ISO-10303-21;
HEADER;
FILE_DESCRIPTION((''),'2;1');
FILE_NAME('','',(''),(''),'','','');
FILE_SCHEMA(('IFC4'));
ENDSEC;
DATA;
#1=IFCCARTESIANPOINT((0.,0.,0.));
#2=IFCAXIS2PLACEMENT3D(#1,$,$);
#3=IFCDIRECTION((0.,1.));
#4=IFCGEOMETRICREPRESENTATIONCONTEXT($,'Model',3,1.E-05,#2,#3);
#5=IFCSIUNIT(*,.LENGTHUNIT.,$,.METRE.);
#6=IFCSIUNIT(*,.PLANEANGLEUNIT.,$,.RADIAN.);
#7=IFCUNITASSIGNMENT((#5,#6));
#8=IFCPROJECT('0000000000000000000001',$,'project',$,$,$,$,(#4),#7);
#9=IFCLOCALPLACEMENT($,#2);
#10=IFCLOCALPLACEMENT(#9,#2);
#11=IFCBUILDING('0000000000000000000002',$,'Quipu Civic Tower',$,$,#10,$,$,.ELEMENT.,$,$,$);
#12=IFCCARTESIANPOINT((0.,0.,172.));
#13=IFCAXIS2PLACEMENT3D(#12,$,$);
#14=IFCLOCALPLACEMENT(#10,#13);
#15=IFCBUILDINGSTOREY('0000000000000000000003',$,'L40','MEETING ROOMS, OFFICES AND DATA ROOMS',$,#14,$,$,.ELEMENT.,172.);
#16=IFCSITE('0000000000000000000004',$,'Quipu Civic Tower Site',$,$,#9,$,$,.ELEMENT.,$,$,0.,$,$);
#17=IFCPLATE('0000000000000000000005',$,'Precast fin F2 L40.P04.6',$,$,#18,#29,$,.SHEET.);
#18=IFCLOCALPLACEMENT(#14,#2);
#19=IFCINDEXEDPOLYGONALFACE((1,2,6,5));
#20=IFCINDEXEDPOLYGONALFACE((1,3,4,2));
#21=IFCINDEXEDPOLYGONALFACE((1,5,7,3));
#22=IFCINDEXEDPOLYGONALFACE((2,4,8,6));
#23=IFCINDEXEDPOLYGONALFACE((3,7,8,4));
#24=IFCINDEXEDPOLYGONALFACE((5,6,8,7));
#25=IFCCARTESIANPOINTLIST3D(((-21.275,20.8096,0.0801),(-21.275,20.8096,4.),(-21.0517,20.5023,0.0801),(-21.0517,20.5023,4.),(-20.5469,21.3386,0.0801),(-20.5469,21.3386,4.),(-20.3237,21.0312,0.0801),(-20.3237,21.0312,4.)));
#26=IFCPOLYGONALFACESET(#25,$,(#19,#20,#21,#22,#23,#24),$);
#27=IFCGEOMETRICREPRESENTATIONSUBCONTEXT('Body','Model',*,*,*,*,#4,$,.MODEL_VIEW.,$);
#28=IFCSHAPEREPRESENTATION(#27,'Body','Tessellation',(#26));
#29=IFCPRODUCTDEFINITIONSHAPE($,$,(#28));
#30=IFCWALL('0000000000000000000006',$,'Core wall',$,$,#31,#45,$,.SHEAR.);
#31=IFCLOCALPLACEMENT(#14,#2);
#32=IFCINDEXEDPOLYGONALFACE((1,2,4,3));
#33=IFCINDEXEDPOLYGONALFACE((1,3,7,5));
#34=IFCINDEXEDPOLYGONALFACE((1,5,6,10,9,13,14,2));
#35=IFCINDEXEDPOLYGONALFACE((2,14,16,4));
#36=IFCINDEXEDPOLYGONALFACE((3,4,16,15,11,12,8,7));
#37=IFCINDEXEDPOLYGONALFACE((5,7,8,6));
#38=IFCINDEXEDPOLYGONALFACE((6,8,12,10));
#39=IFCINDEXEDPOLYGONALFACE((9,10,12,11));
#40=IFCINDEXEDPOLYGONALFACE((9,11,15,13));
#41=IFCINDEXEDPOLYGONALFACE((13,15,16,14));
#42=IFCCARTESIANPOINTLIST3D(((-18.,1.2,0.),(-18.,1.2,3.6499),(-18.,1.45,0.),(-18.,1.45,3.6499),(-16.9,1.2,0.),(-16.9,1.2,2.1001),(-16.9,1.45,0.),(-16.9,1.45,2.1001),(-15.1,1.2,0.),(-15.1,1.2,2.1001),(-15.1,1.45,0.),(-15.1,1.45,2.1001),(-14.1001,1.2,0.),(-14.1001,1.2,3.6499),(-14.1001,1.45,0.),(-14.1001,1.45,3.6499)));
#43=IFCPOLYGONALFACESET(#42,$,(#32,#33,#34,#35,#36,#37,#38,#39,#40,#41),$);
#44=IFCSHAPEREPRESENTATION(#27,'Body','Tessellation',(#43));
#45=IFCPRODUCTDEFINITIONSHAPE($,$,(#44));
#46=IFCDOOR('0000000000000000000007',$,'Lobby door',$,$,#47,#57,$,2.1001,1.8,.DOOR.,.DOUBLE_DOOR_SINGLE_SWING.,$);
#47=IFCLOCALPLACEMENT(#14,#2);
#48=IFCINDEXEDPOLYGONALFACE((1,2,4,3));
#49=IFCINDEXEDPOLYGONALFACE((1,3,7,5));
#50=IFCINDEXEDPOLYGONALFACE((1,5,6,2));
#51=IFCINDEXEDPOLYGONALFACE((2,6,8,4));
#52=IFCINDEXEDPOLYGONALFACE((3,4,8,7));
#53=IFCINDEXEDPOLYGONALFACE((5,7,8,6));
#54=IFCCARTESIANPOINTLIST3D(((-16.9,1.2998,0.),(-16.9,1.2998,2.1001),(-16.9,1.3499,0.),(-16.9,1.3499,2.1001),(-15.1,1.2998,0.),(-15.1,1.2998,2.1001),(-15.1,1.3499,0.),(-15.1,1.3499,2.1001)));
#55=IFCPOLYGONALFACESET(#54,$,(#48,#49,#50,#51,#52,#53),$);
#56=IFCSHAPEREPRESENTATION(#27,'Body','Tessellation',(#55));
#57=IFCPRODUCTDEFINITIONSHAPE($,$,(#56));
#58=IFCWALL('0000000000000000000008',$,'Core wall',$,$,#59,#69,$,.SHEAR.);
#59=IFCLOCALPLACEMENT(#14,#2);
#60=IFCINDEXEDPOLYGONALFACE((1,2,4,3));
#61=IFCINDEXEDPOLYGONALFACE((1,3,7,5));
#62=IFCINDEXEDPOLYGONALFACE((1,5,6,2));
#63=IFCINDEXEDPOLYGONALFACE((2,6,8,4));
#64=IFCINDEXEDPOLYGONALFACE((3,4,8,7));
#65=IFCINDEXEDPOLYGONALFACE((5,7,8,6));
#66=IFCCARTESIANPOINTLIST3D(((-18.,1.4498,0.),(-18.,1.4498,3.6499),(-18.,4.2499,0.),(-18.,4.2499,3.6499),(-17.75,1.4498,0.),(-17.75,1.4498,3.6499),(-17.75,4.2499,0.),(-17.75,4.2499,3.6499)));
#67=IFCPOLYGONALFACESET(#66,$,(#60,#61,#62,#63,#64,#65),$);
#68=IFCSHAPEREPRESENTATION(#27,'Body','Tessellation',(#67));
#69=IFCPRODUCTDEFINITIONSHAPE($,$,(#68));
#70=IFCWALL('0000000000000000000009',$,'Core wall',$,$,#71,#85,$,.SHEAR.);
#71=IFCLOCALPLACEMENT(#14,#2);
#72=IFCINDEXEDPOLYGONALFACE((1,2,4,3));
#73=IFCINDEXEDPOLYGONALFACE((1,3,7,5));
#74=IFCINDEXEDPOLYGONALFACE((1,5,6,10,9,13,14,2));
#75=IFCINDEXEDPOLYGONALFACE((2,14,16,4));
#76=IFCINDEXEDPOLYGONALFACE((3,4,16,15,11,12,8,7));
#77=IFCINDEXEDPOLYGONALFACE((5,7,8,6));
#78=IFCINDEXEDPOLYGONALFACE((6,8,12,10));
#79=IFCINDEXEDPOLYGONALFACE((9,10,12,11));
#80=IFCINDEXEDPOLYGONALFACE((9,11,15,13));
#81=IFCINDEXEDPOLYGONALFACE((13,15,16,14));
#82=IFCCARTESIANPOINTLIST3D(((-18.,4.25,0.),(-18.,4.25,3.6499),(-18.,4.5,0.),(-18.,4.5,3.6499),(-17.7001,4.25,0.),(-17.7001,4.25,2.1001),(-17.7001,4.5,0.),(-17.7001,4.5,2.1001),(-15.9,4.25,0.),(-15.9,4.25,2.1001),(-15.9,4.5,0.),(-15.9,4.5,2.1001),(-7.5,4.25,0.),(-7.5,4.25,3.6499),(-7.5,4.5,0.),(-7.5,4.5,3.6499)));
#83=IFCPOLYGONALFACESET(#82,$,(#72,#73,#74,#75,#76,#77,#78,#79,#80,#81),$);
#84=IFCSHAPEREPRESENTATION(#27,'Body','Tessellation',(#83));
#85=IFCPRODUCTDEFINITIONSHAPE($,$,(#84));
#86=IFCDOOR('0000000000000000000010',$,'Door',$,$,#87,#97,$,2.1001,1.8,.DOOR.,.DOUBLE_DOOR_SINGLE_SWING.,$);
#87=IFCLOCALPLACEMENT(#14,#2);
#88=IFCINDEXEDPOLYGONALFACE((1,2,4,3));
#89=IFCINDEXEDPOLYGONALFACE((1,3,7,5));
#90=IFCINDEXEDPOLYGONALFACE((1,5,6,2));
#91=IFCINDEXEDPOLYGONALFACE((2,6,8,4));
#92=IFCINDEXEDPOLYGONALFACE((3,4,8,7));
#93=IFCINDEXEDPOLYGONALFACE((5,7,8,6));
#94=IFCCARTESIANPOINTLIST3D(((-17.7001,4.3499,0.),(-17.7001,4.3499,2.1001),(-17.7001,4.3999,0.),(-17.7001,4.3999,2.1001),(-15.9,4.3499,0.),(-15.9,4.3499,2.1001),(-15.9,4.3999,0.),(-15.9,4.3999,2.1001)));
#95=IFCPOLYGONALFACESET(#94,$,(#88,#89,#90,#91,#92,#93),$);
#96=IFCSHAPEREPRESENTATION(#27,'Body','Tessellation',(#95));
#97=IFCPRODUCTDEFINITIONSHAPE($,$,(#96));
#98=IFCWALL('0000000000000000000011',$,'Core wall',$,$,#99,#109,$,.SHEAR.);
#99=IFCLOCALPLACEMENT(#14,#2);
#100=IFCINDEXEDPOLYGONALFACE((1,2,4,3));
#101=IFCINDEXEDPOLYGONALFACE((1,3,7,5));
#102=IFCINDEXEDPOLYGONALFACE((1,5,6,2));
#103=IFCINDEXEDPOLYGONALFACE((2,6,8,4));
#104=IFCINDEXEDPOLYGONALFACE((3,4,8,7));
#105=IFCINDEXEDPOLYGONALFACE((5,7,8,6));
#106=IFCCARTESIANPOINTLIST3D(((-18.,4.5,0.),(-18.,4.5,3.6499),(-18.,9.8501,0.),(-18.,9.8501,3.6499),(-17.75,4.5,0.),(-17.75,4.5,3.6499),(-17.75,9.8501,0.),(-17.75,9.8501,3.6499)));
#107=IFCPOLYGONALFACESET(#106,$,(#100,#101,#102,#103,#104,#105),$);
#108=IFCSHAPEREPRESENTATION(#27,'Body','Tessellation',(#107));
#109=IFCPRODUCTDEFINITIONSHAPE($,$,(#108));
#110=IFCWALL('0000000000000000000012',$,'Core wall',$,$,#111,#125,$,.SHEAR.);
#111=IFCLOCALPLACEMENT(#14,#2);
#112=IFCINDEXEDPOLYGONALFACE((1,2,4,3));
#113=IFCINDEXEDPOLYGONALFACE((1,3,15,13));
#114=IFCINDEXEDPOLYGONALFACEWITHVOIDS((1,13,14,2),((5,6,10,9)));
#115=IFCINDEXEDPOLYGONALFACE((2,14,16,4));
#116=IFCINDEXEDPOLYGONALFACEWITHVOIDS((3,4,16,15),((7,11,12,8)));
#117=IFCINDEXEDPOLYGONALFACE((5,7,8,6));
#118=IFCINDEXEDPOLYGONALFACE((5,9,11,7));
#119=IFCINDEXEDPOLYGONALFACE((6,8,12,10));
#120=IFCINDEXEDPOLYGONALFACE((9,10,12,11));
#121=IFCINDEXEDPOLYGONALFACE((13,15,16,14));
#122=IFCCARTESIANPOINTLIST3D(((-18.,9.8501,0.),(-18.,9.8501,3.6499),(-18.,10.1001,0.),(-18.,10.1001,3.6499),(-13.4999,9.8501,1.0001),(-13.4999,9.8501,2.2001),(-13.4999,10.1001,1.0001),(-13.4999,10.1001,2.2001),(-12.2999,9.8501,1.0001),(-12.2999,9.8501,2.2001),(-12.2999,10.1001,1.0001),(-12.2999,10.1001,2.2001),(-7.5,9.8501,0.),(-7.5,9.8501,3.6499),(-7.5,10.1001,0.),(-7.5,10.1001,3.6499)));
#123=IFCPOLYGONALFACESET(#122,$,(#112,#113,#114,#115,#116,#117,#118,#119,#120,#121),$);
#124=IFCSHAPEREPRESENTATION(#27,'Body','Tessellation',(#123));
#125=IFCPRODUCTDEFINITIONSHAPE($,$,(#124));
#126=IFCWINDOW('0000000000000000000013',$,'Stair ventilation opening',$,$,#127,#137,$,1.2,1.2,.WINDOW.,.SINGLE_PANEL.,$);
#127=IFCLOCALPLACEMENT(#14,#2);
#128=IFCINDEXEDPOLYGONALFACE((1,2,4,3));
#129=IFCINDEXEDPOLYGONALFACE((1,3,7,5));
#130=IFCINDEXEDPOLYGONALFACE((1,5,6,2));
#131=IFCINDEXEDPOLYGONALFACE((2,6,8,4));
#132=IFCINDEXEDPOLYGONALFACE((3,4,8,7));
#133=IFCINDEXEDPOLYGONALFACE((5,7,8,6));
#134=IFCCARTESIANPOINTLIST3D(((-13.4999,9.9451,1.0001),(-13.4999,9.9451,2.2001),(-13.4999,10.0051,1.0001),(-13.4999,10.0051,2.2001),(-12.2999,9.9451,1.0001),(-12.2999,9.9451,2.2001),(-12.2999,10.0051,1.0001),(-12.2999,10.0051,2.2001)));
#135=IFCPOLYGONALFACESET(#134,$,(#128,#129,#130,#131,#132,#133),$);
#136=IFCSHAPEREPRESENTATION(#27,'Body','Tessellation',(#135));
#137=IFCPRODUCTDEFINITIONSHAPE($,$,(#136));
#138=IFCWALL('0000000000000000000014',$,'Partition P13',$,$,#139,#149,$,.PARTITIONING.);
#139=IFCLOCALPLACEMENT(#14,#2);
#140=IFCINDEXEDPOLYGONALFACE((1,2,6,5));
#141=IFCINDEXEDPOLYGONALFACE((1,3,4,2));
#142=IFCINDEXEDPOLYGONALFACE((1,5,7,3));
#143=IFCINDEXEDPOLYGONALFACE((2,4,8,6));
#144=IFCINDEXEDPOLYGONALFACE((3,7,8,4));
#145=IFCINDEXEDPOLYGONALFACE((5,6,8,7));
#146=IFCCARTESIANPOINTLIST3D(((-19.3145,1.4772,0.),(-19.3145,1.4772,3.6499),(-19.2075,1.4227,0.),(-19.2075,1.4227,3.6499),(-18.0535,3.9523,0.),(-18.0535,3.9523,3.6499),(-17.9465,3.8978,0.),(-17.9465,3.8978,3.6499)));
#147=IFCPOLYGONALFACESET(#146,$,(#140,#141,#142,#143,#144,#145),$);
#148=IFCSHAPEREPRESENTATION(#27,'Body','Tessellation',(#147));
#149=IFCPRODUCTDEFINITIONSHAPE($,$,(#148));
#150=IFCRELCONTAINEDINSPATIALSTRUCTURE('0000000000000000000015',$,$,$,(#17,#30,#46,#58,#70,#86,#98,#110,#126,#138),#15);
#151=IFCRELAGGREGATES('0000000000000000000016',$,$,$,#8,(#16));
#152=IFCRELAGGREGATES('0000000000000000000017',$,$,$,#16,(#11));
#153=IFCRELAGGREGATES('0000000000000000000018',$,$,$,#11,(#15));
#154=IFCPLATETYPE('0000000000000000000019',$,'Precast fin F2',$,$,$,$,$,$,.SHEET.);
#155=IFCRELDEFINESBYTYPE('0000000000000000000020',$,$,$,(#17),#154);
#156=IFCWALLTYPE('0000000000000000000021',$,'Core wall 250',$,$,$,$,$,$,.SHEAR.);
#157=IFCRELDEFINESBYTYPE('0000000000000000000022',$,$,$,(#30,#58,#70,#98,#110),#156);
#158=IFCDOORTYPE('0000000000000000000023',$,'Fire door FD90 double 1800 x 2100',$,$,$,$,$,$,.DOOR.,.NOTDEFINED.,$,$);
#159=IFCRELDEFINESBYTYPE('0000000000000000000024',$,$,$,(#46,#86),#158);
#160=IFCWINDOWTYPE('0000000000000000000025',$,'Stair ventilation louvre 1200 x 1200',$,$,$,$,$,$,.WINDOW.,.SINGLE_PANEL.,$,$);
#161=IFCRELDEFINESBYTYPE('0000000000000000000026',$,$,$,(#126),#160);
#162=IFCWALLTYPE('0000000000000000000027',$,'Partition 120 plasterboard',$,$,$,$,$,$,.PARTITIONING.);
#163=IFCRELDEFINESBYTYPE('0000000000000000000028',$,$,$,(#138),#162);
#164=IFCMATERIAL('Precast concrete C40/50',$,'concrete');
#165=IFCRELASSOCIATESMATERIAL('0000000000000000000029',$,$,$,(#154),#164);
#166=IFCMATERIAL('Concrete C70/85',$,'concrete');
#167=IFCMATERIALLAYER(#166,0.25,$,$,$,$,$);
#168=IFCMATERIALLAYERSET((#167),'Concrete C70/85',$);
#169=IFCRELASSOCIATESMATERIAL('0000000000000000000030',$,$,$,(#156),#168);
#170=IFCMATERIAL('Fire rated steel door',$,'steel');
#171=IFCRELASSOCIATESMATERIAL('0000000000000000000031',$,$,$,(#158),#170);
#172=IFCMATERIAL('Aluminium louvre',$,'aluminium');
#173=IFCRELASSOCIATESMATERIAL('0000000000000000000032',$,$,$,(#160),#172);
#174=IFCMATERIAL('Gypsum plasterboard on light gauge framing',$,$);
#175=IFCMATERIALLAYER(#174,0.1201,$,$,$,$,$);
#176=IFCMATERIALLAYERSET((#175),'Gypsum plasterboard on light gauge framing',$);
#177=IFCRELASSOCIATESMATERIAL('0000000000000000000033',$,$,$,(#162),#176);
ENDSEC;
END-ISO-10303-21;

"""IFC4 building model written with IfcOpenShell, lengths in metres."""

from ifc_helpers import new_model, si_unit, direction, frame, frame_2d, origin, origin_2d, place, context, subcontext, project, spatial, rectangle, extrude, material, layer, layer_set, type_object, element, fill, save


model = new_model("IFC4")

# Units and contexts
model_context = context("Model", 3, precision=1e-05, world=origin(), true_north=direction((0.0, 1.0)))
body_context = subcontext(model_context, "Body", "Model", "MODEL_VIEW")
ifc_project = project(units=[si_unit("LENGTHUNIT", "METRE"), si_unit("PLANEANGLEUNIT", "RADIAN")], contexts=[model_context])

# Site, building, storey
site_placement = place(None, origin())
site = spatial("IfcSite", under=ifc_project, at=site_placement, Name="Quipu Civic Tower Site", CompositionType="ELEMENT", RefElevation=0.0)
building_placement = place(site_placement, origin())
building = spatial("IfcBuilding", under=site, at=building_placement, Name="Quipu Civic Tower", CompositionType="ELEMENT")
storey_placement = place(building_placement, frame((0.0, 0.0, 172.0)))
storey = spatial("IfcBuildingStorey", under=building, at=storey_placement, Name="L40", Description="MEETING ROOMS, OFFICES AND DATA ROOMS", CompositionType="ELEMENT", Elevation=172.0)

# Plate
ifc_material_1 = material(Name="Precast concrete C40/50", Category="concrete")
plate_type_1 = type_object("IfcPlateType", Name="Precast fin F2", PredefinedType="SHEET", material=ifc_material_1)
for number, where, z_axis, x_axis, name in (
    (1, (-20.7993, 20.9204, 0.0801), (0.0, 0.0, 1.0), (-0.587787, 0.809016, 0.0), "Precast fin F2 L40.P04.6"),
):
    element("IfcPlate", number, at=place(storey_placement, frame(where, z_axis=z_axis, x_axis=x_axis)), inside=storey, type_object=plate_type_1, Name=name, PredefinedType="SHEET", context=body_context, shape_type="SweptSolid", body=[
        extrude(rectangle(XDim=0.3799, YDim=0.8999, at=origin_2d()), origin(), (0.0, 0.0, 1.0), 3.9199),
    ])

# Wall, opening, door
ifc_material_2 = material(Name="Concrete C70/85", Category="concrete")
ifc_layer_1 = layer(ifc_material_2, 0.25)
ifc_layer_set_1 = layer_set([ifc_layer_1], Name="Concrete C70/85")
wall_type_1 = type_object("IfcWallType", Name="Core wall 250", PredefinedType="SHEAR", material=ifc_layer_set_1)
wall_1_placement = place(storey_placement, frame((-18.0, 1.325, 0.0), z_axis=(0.0, 0.0, 1.0), x_axis=(1.0, 0.0, 0.0)))
wall_1 = element("IfcWall", 2, at=wall_1_placement, inside=storey, type_object=wall_type_1, Name="Core wall", PredefinedType="SHEAR", context=body_context, shape_type="SweptSolid", body=[
    extrude(rectangle(XDim=3.8999, YDim=0.25, at=frame_2d((1.95, 0.0))), origin(), (0.0, 0.0, 1.0), 3.6499),
])
opening_1_placement = place(wall_1_placement, frame((1.1001, 0.0, 0.0)))
opening_1 = element("IfcOpeningElement", 3, at=opening_1_placement, cuts=wall_1, PredefinedType="OPENING", context=body_context, shape_type="SweptSolid", body=[
    extrude(rectangle(XDim=1.8, YDim=2.1001, at=frame_2d((0.8999, 1.05))), frame((0.0, 0.135, 0.0), z_axis=(0.0, -1.0, 0.0), x_axis=(1.0, 0.0, 0.0)), (0.0, 0.0, 1.0), 0.27),
])
ifc_material_3 = material(Name="Fire rated steel door", Category="steel")
door_type = type_object("IfcDoorType", Name="Fire door FD90 double 1800 x 2100", OperationType="NOTDEFINED", PredefinedType="DOOR", material=ifc_material_3)
door_1_placement = place(opening_1_placement, origin())
door_1 = element("IfcDoor", 4, at=door_1_placement, inside=storey, type_object=door_type, Name="Lobby door", OperationType="DOUBLE_DOOR_SINGLE_SWING", OverallHeight=2.1001, OverallWidth=1.8, PredefinedType="DOOR", context=body_context, shape_type="SweptSolid", body=[
    extrude(rectangle(XDim=1.8, YDim=2.1001, at=frame_2d((0.8999, 1.05))), frame((0.0, 0.0249, 0.0), z_axis=(0.0, -1.0, 0.0), x_axis=(1.0, 0.0, 0.0)), (0.0, 0.0, 1.0), 0.05),
])
fill(opening_1, door_1)

# Wall
wall_2_placement = place(storey_placement, frame((-17.875, 1.45, 0.0), z_axis=(0.0, 0.0, 1.0), x_axis=(0.0, 1.0, 0.0)))
element("IfcWall", 5, at=wall_2_placement, inside=storey, type_object=wall_type_1, Name="Core wall", PredefinedType="SHEAR", context=body_context, shape_type="SweptSolid", body=[
    extrude(rectangle(XDim=2.8, YDim=0.25, at=frame_2d((1.3999, 0.0))), origin(), (0.0, 0.0, 1.0), 3.6499),
])

# Wall, opening, door
wall_3_placement = place(storey_placement, frame((-18.0, 4.375, 0.0), z_axis=(0.0, 0.0, 1.0), x_axis=(1.0, 0.0, 0.0)))
wall_3 = element("IfcWall", 6, at=wall_3_placement, inside=storey, type_object=wall_type_1, Name="Core wall", PredefinedType="SHEAR", context=body_context, shape_type="SweptSolid", body=[
    extrude(rectangle(XDim=10.5, YDim=0.25, at=frame_2d((5.25, 0.0))), origin(), (0.0, 0.0, 1.0), 3.6499),
])
opening_2_placement = place(wall_3_placement, frame((0.3, 0.0, 0.0)))
opening_2 = element("IfcOpeningElement", 7, at=opening_2_placement, cuts=wall_3, PredefinedType="OPENING", context=body_context, shape_type="SweptSolid", body=[
    extrude(rectangle(XDim=1.8, YDim=2.1001, at=frame_2d((0.8999, 1.05))), frame((0.0, 0.135, 0.0), z_axis=(0.0, -1.0, 0.0), x_axis=(1.0, 0.0, 0.0)), (0.0, 0.0, 1.0), 0.27),
])
door_2_placement = place(opening_2_placement, origin())
door_2 = element("IfcDoor", 8, at=door_2_placement, inside=storey, type_object=door_type, Name="Door", OperationType="DOUBLE_DOOR_SINGLE_SWING", OverallHeight=2.1001, OverallWidth=1.8, PredefinedType="DOOR", context=body_context, shape_type="SweptSolid", body=[
    extrude(rectangle(XDim=1.8, YDim=2.1001, at=frame_2d((0.8999, 1.05))), frame((0.0, 0.0249, 0.0), z_axis=(0.0, -1.0, 0.0), x_axis=(1.0, 0.0, 0.0)), (0.0, 0.0, 1.0), 0.05),
])
fill(opening_2, door_2)

# Wall
wall_4_placement = place(storey_placement, frame((-17.875, 4.5, 0.0), z_axis=(0.0, 0.0, 1.0), x_axis=(0.0, 1.0, 0.0)))
element("IfcWall", 9, at=wall_4_placement, inside=storey, type_object=wall_type_1, Name="Core wall", PredefinedType="SHEAR", context=body_context, shape_type="SweptSolid", body=[
    extrude(rectangle(XDim=5.3501, YDim=0.25, at=frame_2d((2.675, 0.0))), origin(), (0.0, 0.0, 1.0), 3.6499),
])

# Wall, opening, window
wall_5_placement = place(storey_placement, frame((-18.0, 9.9751, 0.0), z_axis=(0.0, 0.0, 1.0), x_axis=(1.0, 0.0, 0.0)))
wall_5 = element("IfcWall", 10, at=wall_5_placement, inside=storey, type_object=wall_type_1, Name="Core wall", PredefinedType="SHEAR", context=body_context, shape_type="SweptSolid", body=[
    extrude(rectangle(XDim=10.5, YDim=0.25, at=frame_2d((5.25, 0.0))), origin(), (0.0, 0.0, 1.0), 3.6499),
])
opening_3_placement = place(wall_5_placement, frame((4.5, 0.0, 1.0)))
opening_3 = element("IfcOpeningElement", 11, at=opening_3_placement, cuts=wall_5, PredefinedType="OPENING", context=body_context, shape_type="SweptSolid", body=[
    extrude(rectangle(XDim=1.2, YDim=1.2, at=frame_2d((0.6001, 0.6001))), frame((0.0, 0.135, 0.0), z_axis=(0.0, -1.0, 0.0), x_axis=(1.0, 0.0, 0.0)), (0.0, 0.0, 1.0), 0.27),
])
ifc_material_4 = material(Name="Aluminium louvre", Category="aluminium")
window_type = type_object("IfcWindowType", Name="Stair ventilation louvre 1200 x 1200", PartitioningType="SINGLE_PANEL", PredefinedType="WINDOW", material=ifc_material_4)
window_placement = place(opening_3_placement, origin())
window = element("IfcWindow", 12, at=window_placement, inside=storey, type_object=window_type, Name="Stair ventilation opening", OverallHeight=1.2, OverallWidth=1.2, PartitioningType="SINGLE_PANEL", PredefinedType="WINDOW", context=body_context, shape_type="SweptSolid", body=[
    extrude(rectangle(XDim=1.2, YDim=1.2, at=frame_2d((0.6001, 0.6001))), frame((0.0, 0.03, 0.0), z_axis=(0.0, -1.0, 0.0), x_axis=(1.0, 0.0, 0.0)), (0.0, 0.0, 1.0), 0.0601),
])
fill(opening_3, window)

# Wall
ifc_material_5 = material(Name="Gypsum plasterboard on light gauge framing")
ifc_layer_2 = layer(ifc_material_5, 0.1201)
ifc_layer_set_2 = layer_set([ifc_layer_2], Name="Gypsum plasterboard on light gauge framing")
wall_type_2 = type_object("IfcWallType", Name="Partition 120 plasterboard", PredefinedType="PARTITIONING", material=ifc_layer_set_2)
wall_6_placement = place(storey_placement, frame((-19.261, 1.45, 0.0), z_axis=(0.0, 0.0, 1.0), x_axis=(0.453951, 0.891027, 0.0)))
element("IfcWall", 13, at=wall_6_placement, inside=storey, type_object=wall_type_2, Name="Partition P13", PredefinedType="PARTITIONING", context=body_context, shape_type="SweptSolid", body=[
    extrude(rectangle(XDim=2.7778, YDim=0.1201, at=frame_2d((1.3889, 0.0))), origin(), (0.0, 0.0, 1.0), 3.6499),
])

save(model, "model.ifc")
